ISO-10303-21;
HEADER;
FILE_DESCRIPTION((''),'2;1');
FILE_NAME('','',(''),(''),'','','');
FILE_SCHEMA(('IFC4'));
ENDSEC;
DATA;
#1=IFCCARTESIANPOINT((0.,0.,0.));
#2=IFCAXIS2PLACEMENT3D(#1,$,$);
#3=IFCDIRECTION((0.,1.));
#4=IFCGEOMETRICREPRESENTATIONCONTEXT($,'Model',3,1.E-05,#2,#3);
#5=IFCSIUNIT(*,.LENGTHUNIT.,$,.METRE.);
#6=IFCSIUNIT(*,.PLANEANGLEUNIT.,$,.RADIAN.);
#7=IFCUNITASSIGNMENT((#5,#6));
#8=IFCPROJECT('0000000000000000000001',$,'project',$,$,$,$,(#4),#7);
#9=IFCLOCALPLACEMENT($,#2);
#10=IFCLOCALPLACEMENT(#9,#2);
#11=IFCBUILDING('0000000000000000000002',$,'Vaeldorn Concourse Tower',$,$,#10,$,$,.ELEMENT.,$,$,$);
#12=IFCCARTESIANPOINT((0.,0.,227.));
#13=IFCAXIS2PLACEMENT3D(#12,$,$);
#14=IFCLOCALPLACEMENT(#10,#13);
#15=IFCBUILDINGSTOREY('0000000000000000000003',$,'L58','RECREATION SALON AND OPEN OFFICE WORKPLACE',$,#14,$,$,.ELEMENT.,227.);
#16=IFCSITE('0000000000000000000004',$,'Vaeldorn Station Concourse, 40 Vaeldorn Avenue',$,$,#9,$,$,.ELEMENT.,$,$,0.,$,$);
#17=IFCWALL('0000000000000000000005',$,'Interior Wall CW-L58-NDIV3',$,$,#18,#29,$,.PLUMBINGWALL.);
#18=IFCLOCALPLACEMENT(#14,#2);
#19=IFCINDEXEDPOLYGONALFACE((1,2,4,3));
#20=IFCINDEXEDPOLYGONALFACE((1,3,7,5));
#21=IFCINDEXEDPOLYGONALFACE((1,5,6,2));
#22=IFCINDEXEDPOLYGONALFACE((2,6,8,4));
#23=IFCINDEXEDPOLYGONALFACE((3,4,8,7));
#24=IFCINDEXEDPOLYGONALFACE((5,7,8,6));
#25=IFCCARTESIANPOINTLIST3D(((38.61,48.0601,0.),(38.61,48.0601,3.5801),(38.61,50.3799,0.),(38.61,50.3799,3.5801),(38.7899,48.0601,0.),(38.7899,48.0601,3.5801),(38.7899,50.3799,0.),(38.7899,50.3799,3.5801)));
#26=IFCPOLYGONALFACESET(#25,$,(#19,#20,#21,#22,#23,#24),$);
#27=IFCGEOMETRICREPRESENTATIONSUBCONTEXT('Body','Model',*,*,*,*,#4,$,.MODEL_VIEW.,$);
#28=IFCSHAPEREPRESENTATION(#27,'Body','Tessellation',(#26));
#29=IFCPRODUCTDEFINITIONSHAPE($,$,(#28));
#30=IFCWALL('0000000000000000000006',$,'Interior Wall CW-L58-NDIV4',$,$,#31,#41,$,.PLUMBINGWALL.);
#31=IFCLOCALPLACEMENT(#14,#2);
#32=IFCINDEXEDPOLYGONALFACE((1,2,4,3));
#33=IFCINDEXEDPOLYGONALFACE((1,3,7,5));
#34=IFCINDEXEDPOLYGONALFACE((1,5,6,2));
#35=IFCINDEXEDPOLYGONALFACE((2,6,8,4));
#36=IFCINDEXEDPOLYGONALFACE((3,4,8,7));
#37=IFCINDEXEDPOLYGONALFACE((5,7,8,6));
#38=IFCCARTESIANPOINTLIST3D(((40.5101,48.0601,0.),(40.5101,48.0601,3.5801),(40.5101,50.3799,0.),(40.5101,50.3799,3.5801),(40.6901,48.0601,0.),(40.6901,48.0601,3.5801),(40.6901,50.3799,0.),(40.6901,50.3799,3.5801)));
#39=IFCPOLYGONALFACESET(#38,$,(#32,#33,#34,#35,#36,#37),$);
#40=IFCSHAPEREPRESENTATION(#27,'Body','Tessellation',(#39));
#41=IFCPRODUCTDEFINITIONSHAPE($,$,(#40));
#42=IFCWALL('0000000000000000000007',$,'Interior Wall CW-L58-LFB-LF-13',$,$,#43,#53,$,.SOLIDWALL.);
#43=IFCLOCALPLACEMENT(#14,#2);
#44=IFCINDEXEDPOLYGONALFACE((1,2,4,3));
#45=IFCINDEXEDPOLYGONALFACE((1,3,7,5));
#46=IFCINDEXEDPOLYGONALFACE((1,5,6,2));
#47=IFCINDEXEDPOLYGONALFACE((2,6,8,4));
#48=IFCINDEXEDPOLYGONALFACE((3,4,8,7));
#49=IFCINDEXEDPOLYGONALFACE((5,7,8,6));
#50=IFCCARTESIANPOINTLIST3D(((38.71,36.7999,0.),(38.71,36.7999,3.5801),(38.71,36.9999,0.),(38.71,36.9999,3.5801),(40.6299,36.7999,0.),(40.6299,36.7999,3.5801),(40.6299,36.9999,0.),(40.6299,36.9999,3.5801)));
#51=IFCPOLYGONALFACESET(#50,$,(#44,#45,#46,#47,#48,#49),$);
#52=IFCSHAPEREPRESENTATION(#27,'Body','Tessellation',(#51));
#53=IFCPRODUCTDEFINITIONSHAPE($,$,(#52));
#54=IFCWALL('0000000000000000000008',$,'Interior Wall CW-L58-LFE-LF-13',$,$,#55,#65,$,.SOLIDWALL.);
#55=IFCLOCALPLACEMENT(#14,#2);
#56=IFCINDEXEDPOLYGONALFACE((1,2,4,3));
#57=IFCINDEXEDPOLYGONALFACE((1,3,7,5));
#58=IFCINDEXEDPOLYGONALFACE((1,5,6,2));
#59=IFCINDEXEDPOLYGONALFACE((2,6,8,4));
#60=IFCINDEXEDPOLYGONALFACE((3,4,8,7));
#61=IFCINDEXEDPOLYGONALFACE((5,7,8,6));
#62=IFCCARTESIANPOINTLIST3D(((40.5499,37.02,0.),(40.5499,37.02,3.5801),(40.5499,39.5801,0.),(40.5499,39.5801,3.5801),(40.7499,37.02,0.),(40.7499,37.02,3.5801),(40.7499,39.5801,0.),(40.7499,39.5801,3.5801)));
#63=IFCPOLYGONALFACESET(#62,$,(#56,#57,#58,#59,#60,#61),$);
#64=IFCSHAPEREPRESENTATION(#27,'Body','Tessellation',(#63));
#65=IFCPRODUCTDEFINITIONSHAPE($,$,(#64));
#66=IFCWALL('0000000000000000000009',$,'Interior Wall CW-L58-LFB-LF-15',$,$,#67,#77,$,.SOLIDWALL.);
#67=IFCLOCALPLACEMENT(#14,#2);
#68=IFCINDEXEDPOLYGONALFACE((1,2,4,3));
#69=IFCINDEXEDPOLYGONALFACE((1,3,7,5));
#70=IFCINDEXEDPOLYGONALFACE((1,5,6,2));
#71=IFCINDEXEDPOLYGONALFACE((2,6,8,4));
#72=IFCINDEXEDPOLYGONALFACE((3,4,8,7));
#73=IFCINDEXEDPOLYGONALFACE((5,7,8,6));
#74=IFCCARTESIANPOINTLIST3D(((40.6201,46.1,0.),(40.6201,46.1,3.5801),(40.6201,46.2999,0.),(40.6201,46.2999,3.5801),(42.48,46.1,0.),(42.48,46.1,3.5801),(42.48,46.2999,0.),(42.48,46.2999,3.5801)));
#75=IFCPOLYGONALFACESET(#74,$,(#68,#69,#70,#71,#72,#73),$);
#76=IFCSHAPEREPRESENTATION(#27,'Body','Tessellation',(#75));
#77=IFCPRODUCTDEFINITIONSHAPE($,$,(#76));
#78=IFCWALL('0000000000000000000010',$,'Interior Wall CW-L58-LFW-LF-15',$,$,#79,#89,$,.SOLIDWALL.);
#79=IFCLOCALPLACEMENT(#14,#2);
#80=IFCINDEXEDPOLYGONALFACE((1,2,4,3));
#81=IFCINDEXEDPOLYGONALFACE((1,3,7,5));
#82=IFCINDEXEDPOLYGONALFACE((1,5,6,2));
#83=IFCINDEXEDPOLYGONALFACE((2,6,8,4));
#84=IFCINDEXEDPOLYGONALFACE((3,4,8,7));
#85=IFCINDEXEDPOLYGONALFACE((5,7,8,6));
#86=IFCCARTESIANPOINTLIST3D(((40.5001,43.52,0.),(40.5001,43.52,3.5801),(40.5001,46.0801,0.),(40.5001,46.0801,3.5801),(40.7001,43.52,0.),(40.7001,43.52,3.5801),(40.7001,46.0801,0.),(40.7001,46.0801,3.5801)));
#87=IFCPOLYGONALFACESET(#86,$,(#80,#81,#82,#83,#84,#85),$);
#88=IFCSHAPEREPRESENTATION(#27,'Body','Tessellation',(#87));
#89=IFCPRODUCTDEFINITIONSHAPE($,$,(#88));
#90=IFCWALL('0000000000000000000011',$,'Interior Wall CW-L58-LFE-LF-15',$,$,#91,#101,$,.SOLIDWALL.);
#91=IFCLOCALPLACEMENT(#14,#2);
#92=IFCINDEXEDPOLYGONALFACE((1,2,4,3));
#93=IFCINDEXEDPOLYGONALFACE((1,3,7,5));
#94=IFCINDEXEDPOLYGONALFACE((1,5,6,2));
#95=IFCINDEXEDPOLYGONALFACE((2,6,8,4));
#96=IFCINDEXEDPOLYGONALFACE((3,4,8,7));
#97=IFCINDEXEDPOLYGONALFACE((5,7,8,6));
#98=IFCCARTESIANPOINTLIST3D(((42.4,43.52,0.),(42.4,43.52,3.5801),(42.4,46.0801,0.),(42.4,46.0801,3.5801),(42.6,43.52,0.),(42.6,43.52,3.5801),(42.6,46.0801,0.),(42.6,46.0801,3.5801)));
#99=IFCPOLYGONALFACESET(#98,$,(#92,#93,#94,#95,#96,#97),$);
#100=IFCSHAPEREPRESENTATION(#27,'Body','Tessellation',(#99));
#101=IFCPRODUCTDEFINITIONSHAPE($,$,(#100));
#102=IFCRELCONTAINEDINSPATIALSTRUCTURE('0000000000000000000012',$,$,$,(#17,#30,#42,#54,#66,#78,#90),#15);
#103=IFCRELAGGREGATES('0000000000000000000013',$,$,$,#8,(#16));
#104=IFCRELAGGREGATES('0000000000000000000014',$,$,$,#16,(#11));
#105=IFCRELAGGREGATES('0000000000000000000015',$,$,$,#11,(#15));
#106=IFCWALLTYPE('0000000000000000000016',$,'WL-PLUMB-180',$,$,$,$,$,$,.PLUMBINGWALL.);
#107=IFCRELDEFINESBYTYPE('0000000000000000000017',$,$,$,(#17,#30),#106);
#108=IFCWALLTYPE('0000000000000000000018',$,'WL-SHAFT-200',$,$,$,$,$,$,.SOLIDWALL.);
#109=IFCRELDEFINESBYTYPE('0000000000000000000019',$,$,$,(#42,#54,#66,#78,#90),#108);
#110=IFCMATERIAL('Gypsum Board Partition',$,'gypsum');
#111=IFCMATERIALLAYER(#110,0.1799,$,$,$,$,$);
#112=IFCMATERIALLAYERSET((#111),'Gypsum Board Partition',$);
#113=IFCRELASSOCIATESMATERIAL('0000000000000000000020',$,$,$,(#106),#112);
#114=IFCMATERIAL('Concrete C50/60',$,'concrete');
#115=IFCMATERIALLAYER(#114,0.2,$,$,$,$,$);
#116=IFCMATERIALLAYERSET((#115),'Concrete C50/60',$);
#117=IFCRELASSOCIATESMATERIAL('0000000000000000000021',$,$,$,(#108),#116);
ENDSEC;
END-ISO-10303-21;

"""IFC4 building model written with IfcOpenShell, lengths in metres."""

from ifc_helpers import new_model, si_unit, direction, frame, frame_2d, origin, place, context, subcontext, project, spatial, rectangle, extrude, material, layer, layer_set, type_object, element, save


model = new_model("IFC4")

# Units and contexts
model_context = context("Model", 3, precision=1e-05, world=origin(), true_north=direction((0.0, 1.0)))
body_context = subcontext(model_context, "Body", "Model", "MODEL_VIEW")
ifc_project = project(units=[si_unit("LENGTHUNIT", "METRE"), si_unit("PLANEANGLEUNIT", "RADIAN")], contexts=[model_context])

# Site, building, storey
site_placement = place(None, origin())
site = spatial("IfcSite", under=ifc_project, at=site_placement, Name="Vaeldorn Station Concourse, 40 Vaeldorn Avenue", CompositionType="ELEMENT", RefElevation=0.0)
building_placement = place(site_placement, origin())
building = spatial("IfcBuilding", under=site, at=building_placement, Name="Vaeldorn Concourse Tower", CompositionType="ELEMENT")
storey_placement = place(building_placement, frame((0.0, 0.0, 227.0)))
storey = spatial("IfcBuildingStorey", under=building, at=storey_placement, Name="L58", Description="RECREATION SALON AND OPEN OFFICE WORKPLACE", CompositionType="ELEMENT", Elevation=227.0)

# Shared definitions
ifc_material_1 = material(Name="Concrete C50/60", Category="concrete")
ifc_material_2 = material(Name="Gypsum Board Partition", Category="gypsum")

# Shared definitions
ifc_layer_1 = layer(ifc_material_2, 0.1799)
ifc_layer_set_1 = layer_set([ifc_layer_1], Name="Gypsum Board Partition")
wall_type_1 = type_object("IfcWallType", Name="WL-PLUMB-180", PredefinedType="PLUMBINGWALL", material=ifc_layer_set_1)

# Walls
for number, where, z_axis, x_axis, name in (
    (1, (38.7, 48.0601, 0.0), (0.0, 0.0, 1.0), (0.0, 1.0, 0.0), "Interior Wall CW-L58-NDIV3"),
    (2, (40.6001, 48.0601, 0.0), (0.0, 0.0, 1.0), (0.0, 1.0, 0.0), "Interior Wall CW-L58-NDIV4"),
):
    element("IfcWall", number, at=place(storey_placement, frame(where, z_axis=z_axis, x_axis=x_axis)), inside=storey, type_object=wall_type_1, Name=name, PredefinedType="PLUMBINGWALL", context=body_context, shape_type="SweptSolid", body=[
        extrude(rectangle(XDim=2.3198, YDim=0.1799, at=frame_2d((1.1599, 0.0))), origin(), (0.0, 0.0, 1.0), 3.5801),
    ])

# Shared definitions
ifc_layer_2 = layer(ifc_material_1, 0.2)
ifc_layer_set_2 = layer_set([ifc_layer_2], Name="Concrete C50/60")
wall_type_2 = type_object("IfcWallType", Name="WL-SHAFT-200", PredefinedType="SOLIDWALL", material=ifc_layer_set_2)

# Walls
wall_1_placement = place(storey_placement, frame((38.71, 36.8999, 0.0), z_axis=(0.0, 0.0, 1.0), x_axis=(1.0, 0.0, 0.0)))
element("IfcWall", 3, at=wall_1_placement, inside=storey, type_object=wall_type_2, Name="Interior Wall CW-L58-LFB-LF-13", PredefinedType="SOLIDWALL", context=body_context, shape_type="SweptSolid", body=[
    extrude(rectangle(XDim=1.9199, YDim=0.2, at=frame_2d((0.96, 0.0))), origin(), (0.0, 0.0, 1.0), 3.5801),
])
wall_2_placement = place(storey_placement, frame((40.6499, 37.02, 0.0), z_axis=(0.0, 0.0, 1.0), x_axis=(0.0, 1.0, 0.0)))
element("IfcWall", 4, at=wall_2_placement, inside=storey, type_object=wall_type_2, Name="Interior Wall CW-L58-LFE-LF-13", PredefinedType="SOLIDWALL", context=body_context, shape_type="SweptSolid", body=[
    extrude(rectangle(XDim=2.5601, YDim=0.2, at=frame_2d((1.28, 0.0))), origin(), (0.0, 0.0, 1.0), 3.5801),
])

# Walls
wall_3_placement = place(storey_placement, frame((40.6201, 46.2, 0.0), z_axis=(0.0, 0.0, 1.0), x_axis=(1.0, 0.0, 0.0)))
element("IfcWall", 5, at=wall_3_placement, inside=storey, type_object=wall_type_2, Name="Interior Wall CW-L58-LFB-LF-15", PredefinedType="SOLIDWALL", context=body_context, shape_type="SweptSolid", body=[
    extrude(rectangle(XDim=1.8599, YDim=0.2, at=frame_2d((0.9299, 0.0))), origin(), (0.0, 0.0, 1.0), 3.5801),
])
for number, where, z_axis, x_axis, name in (
    (6, (40.6001, 43.52, 0.0), (0.0, 0.0, 1.0), (0.0, 1.0, 0.0), "Interior Wall CW-L58-LFW-LF-15"),
    (7, (42.5, 43.52, 0.0), (0.0, 0.0, 1.0), (0.0, 1.0, 0.0), "Interior Wall CW-L58-LFE-LF-15"),
):
    element("IfcWall", number, at=place(storey_placement, frame(where, z_axis=z_axis, x_axis=x_axis)), inside=storey, type_object=wall_type_2, Name=name, PredefinedType="SOLIDWALL", context=body_context, shape_type="SweptSolid", body=[
        extrude(rectangle(XDim=2.5601, YDim=0.2, at=frame_2d((1.28, 0.0))), origin(), (0.0, 0.0, 1.0), 3.5801),
    ])

save(model, "model.ifc")
